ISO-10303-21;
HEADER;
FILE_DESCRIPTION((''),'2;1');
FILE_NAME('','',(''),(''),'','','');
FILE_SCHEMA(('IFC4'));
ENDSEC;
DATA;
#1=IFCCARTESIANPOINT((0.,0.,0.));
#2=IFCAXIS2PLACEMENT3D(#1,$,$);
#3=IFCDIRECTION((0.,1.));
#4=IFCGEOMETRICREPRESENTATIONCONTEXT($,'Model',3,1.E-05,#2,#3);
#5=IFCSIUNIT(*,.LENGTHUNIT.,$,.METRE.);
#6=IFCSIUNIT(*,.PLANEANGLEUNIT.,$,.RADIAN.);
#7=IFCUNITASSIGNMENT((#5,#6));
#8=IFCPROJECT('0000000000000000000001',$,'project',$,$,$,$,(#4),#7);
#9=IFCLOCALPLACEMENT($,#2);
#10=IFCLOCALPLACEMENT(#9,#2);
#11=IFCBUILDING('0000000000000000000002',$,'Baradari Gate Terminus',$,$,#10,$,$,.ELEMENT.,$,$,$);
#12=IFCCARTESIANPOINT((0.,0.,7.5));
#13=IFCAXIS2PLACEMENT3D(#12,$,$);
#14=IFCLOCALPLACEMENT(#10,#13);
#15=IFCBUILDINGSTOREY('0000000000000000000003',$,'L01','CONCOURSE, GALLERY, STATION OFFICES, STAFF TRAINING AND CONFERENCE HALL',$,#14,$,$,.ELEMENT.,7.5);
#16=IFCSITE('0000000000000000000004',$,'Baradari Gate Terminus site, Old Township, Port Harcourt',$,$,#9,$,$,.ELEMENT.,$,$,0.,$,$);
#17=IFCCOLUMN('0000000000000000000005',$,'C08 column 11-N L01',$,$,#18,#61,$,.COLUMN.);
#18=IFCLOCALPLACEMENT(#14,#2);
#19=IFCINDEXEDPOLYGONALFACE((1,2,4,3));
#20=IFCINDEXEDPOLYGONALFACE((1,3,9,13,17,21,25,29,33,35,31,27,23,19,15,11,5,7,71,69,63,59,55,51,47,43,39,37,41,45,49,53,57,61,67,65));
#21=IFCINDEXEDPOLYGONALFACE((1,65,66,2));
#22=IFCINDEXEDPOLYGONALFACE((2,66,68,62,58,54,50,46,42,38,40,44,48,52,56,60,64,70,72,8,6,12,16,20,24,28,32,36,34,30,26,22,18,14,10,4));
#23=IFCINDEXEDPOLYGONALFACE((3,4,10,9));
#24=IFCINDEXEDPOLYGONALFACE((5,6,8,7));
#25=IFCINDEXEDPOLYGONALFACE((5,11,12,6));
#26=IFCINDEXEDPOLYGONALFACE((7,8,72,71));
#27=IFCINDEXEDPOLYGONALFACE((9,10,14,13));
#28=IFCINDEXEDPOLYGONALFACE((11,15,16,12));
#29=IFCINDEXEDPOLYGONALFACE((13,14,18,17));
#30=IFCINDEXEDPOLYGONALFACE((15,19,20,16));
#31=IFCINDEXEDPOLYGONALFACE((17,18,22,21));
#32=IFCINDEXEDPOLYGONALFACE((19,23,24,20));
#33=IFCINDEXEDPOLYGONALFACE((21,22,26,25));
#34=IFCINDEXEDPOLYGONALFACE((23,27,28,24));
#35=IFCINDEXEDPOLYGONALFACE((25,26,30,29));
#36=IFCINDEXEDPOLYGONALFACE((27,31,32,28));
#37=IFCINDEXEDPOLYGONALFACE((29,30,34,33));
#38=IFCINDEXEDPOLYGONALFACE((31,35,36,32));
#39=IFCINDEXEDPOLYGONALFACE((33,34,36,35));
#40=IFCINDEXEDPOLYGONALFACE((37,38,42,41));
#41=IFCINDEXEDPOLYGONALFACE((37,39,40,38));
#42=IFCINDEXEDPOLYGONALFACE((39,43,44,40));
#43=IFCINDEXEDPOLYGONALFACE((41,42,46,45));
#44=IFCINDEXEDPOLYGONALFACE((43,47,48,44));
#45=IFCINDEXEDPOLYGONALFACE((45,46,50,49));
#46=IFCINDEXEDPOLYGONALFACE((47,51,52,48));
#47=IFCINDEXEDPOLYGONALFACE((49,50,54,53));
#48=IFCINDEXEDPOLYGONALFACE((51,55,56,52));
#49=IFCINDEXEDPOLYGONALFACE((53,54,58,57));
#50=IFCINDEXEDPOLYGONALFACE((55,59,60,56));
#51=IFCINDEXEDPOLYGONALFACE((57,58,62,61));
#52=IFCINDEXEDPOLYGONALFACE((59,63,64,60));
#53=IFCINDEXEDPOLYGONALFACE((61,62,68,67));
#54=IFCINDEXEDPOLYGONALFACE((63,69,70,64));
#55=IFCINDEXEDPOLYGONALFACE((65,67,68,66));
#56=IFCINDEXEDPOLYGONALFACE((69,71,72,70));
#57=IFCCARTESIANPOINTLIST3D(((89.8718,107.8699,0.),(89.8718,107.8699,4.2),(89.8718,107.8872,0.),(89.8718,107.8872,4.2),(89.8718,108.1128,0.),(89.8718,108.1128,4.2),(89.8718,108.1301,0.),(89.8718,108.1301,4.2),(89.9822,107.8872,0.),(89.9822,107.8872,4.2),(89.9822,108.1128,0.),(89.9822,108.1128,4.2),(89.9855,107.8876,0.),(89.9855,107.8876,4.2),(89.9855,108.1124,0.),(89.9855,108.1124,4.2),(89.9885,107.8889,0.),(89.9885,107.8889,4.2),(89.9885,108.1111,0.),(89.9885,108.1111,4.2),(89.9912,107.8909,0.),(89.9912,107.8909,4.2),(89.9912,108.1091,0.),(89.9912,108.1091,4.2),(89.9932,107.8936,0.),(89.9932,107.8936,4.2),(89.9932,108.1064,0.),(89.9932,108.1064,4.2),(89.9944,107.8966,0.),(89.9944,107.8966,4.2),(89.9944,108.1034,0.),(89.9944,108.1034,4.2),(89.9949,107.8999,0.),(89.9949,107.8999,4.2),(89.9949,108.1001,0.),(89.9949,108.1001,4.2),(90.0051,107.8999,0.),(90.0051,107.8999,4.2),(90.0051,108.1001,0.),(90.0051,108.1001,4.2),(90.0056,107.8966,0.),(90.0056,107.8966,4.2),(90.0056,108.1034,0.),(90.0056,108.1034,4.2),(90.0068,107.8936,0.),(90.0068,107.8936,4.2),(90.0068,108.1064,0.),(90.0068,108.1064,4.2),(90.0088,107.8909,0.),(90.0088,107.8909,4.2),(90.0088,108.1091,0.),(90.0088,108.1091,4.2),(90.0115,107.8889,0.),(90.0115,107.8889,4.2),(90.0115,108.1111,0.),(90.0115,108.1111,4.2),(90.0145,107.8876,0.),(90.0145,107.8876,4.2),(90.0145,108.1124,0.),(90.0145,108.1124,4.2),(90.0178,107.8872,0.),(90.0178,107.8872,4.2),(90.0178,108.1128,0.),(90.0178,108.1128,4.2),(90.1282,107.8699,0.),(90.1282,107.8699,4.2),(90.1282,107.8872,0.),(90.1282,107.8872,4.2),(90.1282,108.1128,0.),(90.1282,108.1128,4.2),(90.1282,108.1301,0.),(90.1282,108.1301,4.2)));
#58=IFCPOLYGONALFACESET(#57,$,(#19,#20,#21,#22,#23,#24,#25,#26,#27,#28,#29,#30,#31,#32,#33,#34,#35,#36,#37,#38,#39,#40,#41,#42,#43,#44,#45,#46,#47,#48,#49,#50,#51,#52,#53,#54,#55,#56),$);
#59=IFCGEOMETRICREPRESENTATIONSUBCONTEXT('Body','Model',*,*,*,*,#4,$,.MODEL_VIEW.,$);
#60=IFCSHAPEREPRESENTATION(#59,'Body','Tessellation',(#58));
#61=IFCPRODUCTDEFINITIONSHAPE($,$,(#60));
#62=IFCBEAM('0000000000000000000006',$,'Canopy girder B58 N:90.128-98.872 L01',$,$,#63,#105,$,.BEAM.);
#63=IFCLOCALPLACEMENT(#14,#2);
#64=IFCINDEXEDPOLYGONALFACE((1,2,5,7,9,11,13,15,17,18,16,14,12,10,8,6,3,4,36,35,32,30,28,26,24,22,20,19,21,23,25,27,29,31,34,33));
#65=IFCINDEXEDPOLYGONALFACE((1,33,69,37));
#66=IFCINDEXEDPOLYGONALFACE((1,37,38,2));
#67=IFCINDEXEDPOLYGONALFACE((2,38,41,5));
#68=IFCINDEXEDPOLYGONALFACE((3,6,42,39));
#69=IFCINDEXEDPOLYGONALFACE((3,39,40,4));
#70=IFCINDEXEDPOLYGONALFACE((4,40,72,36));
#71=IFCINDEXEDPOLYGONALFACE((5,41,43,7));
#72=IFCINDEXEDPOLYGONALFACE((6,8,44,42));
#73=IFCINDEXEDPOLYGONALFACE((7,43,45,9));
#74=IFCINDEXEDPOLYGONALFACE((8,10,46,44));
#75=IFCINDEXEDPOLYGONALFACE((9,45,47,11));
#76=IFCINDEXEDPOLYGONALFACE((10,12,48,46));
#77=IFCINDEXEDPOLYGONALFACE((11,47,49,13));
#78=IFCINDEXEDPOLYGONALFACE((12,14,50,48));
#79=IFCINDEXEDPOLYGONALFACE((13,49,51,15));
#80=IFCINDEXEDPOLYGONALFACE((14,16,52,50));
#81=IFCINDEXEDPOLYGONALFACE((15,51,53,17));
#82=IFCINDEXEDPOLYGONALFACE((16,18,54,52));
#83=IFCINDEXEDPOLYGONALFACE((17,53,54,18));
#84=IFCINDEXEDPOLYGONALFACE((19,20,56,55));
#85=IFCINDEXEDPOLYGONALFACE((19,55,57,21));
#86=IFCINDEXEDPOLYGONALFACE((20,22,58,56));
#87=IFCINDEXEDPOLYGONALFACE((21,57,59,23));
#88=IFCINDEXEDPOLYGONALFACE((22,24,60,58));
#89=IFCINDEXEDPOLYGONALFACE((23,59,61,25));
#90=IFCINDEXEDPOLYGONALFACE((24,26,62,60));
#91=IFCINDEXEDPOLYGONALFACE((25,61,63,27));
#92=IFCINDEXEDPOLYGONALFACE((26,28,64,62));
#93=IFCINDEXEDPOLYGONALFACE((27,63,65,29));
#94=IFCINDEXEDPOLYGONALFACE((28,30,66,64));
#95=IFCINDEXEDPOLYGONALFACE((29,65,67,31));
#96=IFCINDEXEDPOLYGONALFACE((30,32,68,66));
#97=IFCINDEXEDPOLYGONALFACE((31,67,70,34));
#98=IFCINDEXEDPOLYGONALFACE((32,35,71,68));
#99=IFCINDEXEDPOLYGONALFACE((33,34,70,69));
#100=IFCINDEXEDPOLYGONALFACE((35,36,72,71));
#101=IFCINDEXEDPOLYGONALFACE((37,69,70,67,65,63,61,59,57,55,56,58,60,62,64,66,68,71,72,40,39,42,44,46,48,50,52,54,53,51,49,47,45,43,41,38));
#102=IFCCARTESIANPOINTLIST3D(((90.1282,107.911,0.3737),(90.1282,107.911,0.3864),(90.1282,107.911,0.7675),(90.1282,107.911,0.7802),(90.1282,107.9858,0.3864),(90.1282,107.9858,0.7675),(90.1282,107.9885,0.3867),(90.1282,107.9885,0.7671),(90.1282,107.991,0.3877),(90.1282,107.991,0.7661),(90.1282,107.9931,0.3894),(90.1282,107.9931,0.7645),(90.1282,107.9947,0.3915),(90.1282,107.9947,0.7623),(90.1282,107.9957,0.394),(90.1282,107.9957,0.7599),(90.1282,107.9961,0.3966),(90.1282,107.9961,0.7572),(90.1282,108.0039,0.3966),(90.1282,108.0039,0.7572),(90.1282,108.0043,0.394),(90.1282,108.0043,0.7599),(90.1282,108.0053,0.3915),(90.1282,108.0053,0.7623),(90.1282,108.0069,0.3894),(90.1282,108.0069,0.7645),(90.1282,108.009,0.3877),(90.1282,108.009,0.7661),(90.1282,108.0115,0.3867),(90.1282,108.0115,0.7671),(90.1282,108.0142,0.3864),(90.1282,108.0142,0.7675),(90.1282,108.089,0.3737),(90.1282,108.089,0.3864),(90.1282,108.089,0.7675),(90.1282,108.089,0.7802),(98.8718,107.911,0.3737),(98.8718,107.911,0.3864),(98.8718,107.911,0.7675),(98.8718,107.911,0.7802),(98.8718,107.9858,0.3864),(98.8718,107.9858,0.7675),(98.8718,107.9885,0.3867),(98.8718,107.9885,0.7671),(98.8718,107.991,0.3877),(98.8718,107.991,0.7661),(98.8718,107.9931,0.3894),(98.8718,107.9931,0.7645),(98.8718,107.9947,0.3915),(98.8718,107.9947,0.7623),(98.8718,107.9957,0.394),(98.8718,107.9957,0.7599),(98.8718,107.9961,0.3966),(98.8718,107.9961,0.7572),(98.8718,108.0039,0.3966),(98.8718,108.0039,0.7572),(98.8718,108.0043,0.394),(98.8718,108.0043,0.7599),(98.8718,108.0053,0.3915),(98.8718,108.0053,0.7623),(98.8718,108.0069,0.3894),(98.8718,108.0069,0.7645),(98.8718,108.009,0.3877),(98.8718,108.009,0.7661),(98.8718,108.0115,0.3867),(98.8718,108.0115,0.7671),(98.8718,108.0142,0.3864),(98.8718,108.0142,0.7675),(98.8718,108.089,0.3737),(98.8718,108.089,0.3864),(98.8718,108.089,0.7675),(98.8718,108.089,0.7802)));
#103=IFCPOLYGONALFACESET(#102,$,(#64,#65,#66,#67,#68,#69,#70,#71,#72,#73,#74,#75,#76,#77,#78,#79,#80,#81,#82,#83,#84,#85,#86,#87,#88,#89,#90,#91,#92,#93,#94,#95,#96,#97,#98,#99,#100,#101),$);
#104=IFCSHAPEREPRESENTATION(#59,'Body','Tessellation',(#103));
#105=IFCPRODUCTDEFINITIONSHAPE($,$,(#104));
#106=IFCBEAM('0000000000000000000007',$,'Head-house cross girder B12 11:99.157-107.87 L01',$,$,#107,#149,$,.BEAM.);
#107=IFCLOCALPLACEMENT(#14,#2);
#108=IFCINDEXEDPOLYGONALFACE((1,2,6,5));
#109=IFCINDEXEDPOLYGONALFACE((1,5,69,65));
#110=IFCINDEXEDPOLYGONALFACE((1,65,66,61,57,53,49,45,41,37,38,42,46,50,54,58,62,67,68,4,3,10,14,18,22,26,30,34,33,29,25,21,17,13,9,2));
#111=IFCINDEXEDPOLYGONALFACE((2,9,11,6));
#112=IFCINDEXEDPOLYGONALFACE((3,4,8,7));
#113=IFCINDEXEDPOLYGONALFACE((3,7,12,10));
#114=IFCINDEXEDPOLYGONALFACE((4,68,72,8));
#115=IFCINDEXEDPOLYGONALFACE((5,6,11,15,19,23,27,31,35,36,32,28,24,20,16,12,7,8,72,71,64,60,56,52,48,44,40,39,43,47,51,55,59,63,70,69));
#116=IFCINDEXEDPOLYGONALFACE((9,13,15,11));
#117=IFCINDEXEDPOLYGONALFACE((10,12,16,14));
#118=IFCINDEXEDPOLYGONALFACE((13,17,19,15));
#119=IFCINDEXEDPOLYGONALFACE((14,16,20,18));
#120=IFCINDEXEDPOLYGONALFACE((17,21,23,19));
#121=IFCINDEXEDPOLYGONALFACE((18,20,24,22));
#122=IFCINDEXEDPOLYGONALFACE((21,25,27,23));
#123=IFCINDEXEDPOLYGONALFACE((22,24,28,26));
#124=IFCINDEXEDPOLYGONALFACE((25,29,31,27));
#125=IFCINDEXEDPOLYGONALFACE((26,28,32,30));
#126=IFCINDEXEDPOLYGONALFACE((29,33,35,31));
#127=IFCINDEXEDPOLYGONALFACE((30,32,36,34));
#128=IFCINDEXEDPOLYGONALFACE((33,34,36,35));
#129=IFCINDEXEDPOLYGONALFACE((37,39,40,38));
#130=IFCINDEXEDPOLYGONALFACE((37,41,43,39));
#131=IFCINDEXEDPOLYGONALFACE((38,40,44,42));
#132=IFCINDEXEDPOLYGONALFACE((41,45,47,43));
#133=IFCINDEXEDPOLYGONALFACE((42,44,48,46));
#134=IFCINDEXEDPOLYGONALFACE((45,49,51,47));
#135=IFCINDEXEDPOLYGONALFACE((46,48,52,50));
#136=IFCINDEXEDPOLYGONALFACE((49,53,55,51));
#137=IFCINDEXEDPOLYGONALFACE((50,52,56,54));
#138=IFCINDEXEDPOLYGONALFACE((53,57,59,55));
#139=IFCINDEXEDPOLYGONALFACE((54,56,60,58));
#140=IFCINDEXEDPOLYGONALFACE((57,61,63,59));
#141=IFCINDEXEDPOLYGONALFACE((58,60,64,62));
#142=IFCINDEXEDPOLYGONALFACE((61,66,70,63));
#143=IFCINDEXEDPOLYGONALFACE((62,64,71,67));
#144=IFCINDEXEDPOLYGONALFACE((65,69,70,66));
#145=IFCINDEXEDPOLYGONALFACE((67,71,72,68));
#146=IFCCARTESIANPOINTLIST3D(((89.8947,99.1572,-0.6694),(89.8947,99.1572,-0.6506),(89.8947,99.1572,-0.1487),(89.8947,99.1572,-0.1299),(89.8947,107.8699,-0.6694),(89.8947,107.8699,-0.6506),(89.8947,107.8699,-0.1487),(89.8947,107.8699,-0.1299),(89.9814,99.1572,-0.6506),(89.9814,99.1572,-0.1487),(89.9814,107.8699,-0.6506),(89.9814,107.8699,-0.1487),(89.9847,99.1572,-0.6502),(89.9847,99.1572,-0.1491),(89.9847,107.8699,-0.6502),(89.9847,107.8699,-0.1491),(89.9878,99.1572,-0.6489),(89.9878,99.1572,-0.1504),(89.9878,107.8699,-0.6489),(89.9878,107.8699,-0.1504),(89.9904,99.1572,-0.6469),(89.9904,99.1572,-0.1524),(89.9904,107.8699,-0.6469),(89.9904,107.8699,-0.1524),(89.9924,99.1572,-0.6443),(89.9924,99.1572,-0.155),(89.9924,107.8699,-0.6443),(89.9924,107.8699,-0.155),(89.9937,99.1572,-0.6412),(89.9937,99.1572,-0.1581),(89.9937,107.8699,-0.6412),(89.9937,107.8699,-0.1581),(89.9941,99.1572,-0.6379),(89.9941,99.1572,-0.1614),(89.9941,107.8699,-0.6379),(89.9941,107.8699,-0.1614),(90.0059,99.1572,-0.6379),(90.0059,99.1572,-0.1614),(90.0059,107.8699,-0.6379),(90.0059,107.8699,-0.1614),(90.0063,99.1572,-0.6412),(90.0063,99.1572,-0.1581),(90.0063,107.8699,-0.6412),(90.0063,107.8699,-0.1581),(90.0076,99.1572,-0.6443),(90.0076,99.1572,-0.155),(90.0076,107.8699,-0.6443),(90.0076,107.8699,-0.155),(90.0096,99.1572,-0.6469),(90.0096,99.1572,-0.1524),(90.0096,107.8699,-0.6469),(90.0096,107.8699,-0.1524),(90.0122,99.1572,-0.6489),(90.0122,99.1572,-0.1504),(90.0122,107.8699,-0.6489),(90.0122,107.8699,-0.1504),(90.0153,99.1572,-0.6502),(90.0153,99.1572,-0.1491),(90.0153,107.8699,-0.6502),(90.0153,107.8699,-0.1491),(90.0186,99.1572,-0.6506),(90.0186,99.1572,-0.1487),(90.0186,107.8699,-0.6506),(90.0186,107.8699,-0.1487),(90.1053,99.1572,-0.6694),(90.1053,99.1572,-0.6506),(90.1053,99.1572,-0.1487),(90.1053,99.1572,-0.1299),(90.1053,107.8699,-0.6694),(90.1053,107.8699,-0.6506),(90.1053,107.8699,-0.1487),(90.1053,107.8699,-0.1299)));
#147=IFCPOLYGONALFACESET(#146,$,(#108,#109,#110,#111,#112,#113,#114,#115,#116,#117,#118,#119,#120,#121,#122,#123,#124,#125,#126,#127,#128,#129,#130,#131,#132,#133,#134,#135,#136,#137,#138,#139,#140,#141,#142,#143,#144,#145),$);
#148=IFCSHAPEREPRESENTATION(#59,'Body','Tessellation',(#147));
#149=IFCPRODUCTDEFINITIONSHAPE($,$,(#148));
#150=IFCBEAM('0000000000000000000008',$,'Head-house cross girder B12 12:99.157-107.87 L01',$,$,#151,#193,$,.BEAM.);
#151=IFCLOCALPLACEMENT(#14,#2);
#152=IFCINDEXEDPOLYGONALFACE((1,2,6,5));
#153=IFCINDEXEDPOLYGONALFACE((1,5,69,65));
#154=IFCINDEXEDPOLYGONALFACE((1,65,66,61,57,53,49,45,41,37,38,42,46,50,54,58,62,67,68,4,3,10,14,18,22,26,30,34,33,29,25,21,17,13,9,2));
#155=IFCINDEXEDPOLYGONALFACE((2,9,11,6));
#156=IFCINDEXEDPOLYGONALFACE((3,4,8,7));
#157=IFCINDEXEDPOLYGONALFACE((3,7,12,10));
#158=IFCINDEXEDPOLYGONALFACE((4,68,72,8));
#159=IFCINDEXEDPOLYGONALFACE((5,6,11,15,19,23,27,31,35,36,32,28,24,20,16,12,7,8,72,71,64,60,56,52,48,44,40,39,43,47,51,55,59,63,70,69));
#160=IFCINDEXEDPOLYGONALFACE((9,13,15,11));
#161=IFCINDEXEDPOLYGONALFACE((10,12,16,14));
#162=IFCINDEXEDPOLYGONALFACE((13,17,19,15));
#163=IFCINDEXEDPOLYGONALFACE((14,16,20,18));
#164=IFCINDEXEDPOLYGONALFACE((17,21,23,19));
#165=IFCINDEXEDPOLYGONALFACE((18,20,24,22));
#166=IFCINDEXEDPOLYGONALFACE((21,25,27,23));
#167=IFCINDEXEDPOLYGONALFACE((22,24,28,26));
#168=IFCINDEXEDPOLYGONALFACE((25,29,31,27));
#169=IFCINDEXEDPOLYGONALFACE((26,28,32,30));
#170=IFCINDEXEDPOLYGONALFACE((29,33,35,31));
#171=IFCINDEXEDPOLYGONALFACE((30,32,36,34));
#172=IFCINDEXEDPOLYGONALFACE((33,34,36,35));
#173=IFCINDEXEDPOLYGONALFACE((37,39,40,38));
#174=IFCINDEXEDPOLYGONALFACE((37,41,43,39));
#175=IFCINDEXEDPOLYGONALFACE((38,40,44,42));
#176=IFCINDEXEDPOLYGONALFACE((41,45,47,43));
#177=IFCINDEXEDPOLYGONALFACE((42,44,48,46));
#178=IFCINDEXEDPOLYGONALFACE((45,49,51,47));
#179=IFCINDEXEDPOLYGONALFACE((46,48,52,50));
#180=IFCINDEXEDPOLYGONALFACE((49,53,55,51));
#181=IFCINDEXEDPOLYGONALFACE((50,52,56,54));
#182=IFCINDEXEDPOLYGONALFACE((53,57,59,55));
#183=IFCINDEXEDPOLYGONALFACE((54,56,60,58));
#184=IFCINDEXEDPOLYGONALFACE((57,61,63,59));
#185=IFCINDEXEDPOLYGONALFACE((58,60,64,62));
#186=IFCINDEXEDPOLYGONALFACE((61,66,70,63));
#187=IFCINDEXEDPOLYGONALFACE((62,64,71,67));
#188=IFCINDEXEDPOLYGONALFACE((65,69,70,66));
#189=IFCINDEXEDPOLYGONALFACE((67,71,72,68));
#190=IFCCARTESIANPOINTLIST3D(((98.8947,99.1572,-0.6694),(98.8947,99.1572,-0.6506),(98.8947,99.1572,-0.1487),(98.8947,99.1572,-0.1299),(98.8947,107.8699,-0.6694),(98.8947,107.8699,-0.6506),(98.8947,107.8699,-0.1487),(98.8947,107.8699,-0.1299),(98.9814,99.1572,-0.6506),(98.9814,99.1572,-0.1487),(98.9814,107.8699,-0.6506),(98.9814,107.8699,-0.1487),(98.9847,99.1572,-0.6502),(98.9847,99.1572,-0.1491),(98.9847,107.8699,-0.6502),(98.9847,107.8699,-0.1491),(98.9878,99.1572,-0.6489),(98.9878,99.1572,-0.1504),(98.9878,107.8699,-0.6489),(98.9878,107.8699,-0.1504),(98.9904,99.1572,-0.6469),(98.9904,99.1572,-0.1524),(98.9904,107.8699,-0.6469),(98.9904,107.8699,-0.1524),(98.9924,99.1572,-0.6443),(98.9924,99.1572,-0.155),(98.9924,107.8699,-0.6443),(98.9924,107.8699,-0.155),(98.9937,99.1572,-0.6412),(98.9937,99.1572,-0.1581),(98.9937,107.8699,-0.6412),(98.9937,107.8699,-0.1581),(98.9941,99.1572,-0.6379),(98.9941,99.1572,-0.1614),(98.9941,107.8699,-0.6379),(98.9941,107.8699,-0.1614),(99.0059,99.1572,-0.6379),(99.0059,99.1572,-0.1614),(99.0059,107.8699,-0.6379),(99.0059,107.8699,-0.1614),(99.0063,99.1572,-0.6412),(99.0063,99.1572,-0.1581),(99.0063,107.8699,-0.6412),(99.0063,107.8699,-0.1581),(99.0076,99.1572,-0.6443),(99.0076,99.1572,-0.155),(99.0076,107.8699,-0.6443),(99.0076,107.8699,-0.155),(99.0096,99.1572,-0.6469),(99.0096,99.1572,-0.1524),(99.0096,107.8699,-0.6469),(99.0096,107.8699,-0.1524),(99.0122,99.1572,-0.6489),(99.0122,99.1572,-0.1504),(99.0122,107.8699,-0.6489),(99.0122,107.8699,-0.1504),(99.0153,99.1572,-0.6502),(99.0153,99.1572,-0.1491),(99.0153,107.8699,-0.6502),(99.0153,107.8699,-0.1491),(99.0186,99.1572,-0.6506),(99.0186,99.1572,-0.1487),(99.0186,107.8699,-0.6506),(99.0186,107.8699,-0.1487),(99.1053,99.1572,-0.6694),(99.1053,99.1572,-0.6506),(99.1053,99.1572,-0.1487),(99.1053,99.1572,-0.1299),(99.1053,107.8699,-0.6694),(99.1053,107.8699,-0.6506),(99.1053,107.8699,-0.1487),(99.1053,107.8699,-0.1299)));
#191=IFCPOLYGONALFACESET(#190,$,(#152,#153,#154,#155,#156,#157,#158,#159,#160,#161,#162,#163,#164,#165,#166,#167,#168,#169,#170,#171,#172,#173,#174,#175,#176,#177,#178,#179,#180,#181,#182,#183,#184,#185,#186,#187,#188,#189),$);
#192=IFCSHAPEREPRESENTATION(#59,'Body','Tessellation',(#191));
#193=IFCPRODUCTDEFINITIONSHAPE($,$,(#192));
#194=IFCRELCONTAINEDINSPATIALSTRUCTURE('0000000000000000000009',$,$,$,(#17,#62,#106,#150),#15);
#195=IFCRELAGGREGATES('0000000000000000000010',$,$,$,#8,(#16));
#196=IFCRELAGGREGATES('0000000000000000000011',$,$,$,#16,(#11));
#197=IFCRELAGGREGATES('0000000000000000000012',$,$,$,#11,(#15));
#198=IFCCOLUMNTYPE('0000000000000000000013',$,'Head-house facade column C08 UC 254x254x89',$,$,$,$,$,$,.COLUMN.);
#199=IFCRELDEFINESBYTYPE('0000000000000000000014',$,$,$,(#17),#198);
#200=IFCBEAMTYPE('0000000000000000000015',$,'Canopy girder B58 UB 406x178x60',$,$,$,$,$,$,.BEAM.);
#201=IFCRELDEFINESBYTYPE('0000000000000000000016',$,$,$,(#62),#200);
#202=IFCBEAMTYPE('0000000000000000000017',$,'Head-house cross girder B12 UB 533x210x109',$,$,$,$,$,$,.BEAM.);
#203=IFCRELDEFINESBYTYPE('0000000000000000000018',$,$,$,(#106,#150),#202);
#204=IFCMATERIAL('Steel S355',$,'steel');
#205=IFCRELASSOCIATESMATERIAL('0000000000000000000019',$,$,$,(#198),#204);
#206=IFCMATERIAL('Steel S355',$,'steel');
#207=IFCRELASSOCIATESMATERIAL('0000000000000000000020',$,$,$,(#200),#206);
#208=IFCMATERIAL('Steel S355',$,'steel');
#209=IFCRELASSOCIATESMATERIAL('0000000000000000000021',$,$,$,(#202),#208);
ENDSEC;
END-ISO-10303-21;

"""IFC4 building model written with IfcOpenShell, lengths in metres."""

from ifc_helpers import new_model, si_unit, direction, frame, origin, origin_2d, place, context, subcontext, project, spatial, i_section, extrude, material, material_profile, profile_set, type_object, element, save


model = new_model("IFC4")

# Units and contexts
model_context = context("Model", 3, precision=1e-05, world=origin(), true_north=direction((0.0, 1.0)))
body_context = subcontext(model_context, "Body", "Model", "MODEL_VIEW")
ifc_project = project(units=[si_unit("LENGTHUNIT", "METRE"), si_unit("PLANEANGLEUNIT", "RADIAN")], contexts=[model_context])

# Site, building, storey
site_placement = place(None, origin())
site = spatial("IfcSite", under=ifc_project, at=site_placement, Name="Baradari Gate Terminus site, Old Township, Port Harcourt", CompositionType="ELEMENT", RefElevation=0.0)
building_placement = place(site_placement, origin())
building = spatial("IfcBuilding", under=site, at=building_placement, Name="Baradari Gate Terminus", CompositionType="ELEMENT")
storey_placement = place(building_placement, frame((0.0, 0.0, 7.5)))
storey = spatial("IfcBuildingStorey", under=building, at=storey_placement, Name="L01", Description="CONCOURSE, GALLERY, STATION OFFICES, STAFF TRAINING AND CONFERENCE HALL", CompositionType="ELEMENT", Elevation=7.5)

# Column
ifc_material_1 = material(Name="Steel S355", Category="steel")
ifc_material_profile_1 = material_profile(ifc_material_1, i_section(OverallWidth=0.2563, OverallDepth=0.2603, WebThickness=0.0103, FlangeThickness=0.0173, FilletRadius=0.0127, at=origin_2d()), Name="UC 254x254x89")
ifc_profile_set_1 = profile_set([ifc_material_profile_1], Name="Steel S355")
column_type = type_object("IfcColumnType", Name="Head-house facade column C08 UC 254x254x89", PredefinedType="COLUMN", material=ifc_profile_set_1)
column_placement = place(storey_placement, frame((90.0, 108.0, 0.0), z_axis=(0.0, 0.0, 1.0), x_axis=(1.0, 0.0, 0.0)))
element("IfcColumn", 1, at=column_placement, inside=storey, type_object=column_type, Name="C08 column 11-N L01", PredefinedType="COLUMN", context=body_context, shape_type="SweptSolid", body=[
    extrude(i_section(OverallWidth=0.2563, OverallDepth=0.2603, WebThickness=0.0103, FlangeThickness=0.0173, FilletRadius=0.0127, at=origin_2d()), origin(), (0.0, 0.0, 1.0), 4.2),
])

# Beams
ifc_material_2 = material(Name="Steel S355", Category="steel")
ifc_material_profile_2 = material_profile(ifc_material_2, i_section(OverallWidth=0.178, OverallDepth=0.4065, WebThickness=0.0078, FlangeThickness=0.0127, FilletRadius=0.0103, at=origin_2d()), Name="UB 406x178x60")
ifc_profile_set_2 = profile_set([ifc_material_profile_2], Name="Steel S355")
beam_type_1 = type_object("IfcBeamType", Name="Canopy girder B58 UB 406x178x60", PredefinedType="BEAM", material=ifc_profile_set_2)
beam_1_placement = place(storey_placement, frame((90.1282, 108.0, 0.5769), z_axis=(1.0, 0.0, 0.0), x_axis=(0.0, 1.0, 0.0)))
element("IfcBeam", 2, at=beam_1_placement, inside=storey, type_object=beam_type_1, Name="Canopy girder B58 N:90.128-98.872 L01", PredefinedType="BEAM", context=body_context, shape_type="SweptSolid", body=[
    extrude(i_section(OverallWidth=0.178, OverallDepth=0.4065, WebThickness=0.0078, FlangeThickness=0.0127, FilletRadius=0.0103, at=origin_2d()), origin(), (0.0, 0.0, 1.0), 8.7437),
])
ifc_material_3 = material(Name="Steel S355", Category="steel")
ifc_material_profile_3 = material_profile(ifc_material_3, i_section(OverallWidth=0.2107, OverallDepth=0.5396, WebThickness=0.0117, FlangeThickness=0.0188, FilletRadius=0.0127, at=origin_2d()), Name="UB 533x210x109")
ifc_profile_set_3 = profile_set([ifc_material_profile_3], Name="Steel S355")
beam_type_2 = type_object("IfcBeamType", Name="Head-house cross girder B12 UB 533x210x109", PredefinedType="BEAM", material=ifc_profile_set_3)
for number, where, z_axis, x_axis, name in (
    (3, (90.0, 99.1572, -0.3997), (0.0, 1.0, 0.0), (-1.0, 0.0, 0.0), "Head-house cross girder B12 11:99.157-107.87 L01"),
    (4, (99.0, 99.1572, -0.3997), (0.0, 1.0, 0.0), (-1.0, 0.0, 0.0), "Head-house cross girder B12 12:99.157-107.87 L01"),
):
    element("IfcBeam", number, at=place(storey_placement, frame(where, z_axis=z_axis, x_axis=x_axis)), inside=storey, type_object=beam_type_2, Name=name, PredefinedType="BEAM", context=body_context, shape_type="SweptSolid", body=[
        extrude(i_section(OverallWidth=0.2107, OverallDepth=0.5396, WebThickness=0.0117, FlangeThickness=0.0188, FilletRadius=0.0127, at=origin_2d()), origin(), (0.0, 0.0, 1.0), 8.7126),
    ])

save(model, "model.ifc")
